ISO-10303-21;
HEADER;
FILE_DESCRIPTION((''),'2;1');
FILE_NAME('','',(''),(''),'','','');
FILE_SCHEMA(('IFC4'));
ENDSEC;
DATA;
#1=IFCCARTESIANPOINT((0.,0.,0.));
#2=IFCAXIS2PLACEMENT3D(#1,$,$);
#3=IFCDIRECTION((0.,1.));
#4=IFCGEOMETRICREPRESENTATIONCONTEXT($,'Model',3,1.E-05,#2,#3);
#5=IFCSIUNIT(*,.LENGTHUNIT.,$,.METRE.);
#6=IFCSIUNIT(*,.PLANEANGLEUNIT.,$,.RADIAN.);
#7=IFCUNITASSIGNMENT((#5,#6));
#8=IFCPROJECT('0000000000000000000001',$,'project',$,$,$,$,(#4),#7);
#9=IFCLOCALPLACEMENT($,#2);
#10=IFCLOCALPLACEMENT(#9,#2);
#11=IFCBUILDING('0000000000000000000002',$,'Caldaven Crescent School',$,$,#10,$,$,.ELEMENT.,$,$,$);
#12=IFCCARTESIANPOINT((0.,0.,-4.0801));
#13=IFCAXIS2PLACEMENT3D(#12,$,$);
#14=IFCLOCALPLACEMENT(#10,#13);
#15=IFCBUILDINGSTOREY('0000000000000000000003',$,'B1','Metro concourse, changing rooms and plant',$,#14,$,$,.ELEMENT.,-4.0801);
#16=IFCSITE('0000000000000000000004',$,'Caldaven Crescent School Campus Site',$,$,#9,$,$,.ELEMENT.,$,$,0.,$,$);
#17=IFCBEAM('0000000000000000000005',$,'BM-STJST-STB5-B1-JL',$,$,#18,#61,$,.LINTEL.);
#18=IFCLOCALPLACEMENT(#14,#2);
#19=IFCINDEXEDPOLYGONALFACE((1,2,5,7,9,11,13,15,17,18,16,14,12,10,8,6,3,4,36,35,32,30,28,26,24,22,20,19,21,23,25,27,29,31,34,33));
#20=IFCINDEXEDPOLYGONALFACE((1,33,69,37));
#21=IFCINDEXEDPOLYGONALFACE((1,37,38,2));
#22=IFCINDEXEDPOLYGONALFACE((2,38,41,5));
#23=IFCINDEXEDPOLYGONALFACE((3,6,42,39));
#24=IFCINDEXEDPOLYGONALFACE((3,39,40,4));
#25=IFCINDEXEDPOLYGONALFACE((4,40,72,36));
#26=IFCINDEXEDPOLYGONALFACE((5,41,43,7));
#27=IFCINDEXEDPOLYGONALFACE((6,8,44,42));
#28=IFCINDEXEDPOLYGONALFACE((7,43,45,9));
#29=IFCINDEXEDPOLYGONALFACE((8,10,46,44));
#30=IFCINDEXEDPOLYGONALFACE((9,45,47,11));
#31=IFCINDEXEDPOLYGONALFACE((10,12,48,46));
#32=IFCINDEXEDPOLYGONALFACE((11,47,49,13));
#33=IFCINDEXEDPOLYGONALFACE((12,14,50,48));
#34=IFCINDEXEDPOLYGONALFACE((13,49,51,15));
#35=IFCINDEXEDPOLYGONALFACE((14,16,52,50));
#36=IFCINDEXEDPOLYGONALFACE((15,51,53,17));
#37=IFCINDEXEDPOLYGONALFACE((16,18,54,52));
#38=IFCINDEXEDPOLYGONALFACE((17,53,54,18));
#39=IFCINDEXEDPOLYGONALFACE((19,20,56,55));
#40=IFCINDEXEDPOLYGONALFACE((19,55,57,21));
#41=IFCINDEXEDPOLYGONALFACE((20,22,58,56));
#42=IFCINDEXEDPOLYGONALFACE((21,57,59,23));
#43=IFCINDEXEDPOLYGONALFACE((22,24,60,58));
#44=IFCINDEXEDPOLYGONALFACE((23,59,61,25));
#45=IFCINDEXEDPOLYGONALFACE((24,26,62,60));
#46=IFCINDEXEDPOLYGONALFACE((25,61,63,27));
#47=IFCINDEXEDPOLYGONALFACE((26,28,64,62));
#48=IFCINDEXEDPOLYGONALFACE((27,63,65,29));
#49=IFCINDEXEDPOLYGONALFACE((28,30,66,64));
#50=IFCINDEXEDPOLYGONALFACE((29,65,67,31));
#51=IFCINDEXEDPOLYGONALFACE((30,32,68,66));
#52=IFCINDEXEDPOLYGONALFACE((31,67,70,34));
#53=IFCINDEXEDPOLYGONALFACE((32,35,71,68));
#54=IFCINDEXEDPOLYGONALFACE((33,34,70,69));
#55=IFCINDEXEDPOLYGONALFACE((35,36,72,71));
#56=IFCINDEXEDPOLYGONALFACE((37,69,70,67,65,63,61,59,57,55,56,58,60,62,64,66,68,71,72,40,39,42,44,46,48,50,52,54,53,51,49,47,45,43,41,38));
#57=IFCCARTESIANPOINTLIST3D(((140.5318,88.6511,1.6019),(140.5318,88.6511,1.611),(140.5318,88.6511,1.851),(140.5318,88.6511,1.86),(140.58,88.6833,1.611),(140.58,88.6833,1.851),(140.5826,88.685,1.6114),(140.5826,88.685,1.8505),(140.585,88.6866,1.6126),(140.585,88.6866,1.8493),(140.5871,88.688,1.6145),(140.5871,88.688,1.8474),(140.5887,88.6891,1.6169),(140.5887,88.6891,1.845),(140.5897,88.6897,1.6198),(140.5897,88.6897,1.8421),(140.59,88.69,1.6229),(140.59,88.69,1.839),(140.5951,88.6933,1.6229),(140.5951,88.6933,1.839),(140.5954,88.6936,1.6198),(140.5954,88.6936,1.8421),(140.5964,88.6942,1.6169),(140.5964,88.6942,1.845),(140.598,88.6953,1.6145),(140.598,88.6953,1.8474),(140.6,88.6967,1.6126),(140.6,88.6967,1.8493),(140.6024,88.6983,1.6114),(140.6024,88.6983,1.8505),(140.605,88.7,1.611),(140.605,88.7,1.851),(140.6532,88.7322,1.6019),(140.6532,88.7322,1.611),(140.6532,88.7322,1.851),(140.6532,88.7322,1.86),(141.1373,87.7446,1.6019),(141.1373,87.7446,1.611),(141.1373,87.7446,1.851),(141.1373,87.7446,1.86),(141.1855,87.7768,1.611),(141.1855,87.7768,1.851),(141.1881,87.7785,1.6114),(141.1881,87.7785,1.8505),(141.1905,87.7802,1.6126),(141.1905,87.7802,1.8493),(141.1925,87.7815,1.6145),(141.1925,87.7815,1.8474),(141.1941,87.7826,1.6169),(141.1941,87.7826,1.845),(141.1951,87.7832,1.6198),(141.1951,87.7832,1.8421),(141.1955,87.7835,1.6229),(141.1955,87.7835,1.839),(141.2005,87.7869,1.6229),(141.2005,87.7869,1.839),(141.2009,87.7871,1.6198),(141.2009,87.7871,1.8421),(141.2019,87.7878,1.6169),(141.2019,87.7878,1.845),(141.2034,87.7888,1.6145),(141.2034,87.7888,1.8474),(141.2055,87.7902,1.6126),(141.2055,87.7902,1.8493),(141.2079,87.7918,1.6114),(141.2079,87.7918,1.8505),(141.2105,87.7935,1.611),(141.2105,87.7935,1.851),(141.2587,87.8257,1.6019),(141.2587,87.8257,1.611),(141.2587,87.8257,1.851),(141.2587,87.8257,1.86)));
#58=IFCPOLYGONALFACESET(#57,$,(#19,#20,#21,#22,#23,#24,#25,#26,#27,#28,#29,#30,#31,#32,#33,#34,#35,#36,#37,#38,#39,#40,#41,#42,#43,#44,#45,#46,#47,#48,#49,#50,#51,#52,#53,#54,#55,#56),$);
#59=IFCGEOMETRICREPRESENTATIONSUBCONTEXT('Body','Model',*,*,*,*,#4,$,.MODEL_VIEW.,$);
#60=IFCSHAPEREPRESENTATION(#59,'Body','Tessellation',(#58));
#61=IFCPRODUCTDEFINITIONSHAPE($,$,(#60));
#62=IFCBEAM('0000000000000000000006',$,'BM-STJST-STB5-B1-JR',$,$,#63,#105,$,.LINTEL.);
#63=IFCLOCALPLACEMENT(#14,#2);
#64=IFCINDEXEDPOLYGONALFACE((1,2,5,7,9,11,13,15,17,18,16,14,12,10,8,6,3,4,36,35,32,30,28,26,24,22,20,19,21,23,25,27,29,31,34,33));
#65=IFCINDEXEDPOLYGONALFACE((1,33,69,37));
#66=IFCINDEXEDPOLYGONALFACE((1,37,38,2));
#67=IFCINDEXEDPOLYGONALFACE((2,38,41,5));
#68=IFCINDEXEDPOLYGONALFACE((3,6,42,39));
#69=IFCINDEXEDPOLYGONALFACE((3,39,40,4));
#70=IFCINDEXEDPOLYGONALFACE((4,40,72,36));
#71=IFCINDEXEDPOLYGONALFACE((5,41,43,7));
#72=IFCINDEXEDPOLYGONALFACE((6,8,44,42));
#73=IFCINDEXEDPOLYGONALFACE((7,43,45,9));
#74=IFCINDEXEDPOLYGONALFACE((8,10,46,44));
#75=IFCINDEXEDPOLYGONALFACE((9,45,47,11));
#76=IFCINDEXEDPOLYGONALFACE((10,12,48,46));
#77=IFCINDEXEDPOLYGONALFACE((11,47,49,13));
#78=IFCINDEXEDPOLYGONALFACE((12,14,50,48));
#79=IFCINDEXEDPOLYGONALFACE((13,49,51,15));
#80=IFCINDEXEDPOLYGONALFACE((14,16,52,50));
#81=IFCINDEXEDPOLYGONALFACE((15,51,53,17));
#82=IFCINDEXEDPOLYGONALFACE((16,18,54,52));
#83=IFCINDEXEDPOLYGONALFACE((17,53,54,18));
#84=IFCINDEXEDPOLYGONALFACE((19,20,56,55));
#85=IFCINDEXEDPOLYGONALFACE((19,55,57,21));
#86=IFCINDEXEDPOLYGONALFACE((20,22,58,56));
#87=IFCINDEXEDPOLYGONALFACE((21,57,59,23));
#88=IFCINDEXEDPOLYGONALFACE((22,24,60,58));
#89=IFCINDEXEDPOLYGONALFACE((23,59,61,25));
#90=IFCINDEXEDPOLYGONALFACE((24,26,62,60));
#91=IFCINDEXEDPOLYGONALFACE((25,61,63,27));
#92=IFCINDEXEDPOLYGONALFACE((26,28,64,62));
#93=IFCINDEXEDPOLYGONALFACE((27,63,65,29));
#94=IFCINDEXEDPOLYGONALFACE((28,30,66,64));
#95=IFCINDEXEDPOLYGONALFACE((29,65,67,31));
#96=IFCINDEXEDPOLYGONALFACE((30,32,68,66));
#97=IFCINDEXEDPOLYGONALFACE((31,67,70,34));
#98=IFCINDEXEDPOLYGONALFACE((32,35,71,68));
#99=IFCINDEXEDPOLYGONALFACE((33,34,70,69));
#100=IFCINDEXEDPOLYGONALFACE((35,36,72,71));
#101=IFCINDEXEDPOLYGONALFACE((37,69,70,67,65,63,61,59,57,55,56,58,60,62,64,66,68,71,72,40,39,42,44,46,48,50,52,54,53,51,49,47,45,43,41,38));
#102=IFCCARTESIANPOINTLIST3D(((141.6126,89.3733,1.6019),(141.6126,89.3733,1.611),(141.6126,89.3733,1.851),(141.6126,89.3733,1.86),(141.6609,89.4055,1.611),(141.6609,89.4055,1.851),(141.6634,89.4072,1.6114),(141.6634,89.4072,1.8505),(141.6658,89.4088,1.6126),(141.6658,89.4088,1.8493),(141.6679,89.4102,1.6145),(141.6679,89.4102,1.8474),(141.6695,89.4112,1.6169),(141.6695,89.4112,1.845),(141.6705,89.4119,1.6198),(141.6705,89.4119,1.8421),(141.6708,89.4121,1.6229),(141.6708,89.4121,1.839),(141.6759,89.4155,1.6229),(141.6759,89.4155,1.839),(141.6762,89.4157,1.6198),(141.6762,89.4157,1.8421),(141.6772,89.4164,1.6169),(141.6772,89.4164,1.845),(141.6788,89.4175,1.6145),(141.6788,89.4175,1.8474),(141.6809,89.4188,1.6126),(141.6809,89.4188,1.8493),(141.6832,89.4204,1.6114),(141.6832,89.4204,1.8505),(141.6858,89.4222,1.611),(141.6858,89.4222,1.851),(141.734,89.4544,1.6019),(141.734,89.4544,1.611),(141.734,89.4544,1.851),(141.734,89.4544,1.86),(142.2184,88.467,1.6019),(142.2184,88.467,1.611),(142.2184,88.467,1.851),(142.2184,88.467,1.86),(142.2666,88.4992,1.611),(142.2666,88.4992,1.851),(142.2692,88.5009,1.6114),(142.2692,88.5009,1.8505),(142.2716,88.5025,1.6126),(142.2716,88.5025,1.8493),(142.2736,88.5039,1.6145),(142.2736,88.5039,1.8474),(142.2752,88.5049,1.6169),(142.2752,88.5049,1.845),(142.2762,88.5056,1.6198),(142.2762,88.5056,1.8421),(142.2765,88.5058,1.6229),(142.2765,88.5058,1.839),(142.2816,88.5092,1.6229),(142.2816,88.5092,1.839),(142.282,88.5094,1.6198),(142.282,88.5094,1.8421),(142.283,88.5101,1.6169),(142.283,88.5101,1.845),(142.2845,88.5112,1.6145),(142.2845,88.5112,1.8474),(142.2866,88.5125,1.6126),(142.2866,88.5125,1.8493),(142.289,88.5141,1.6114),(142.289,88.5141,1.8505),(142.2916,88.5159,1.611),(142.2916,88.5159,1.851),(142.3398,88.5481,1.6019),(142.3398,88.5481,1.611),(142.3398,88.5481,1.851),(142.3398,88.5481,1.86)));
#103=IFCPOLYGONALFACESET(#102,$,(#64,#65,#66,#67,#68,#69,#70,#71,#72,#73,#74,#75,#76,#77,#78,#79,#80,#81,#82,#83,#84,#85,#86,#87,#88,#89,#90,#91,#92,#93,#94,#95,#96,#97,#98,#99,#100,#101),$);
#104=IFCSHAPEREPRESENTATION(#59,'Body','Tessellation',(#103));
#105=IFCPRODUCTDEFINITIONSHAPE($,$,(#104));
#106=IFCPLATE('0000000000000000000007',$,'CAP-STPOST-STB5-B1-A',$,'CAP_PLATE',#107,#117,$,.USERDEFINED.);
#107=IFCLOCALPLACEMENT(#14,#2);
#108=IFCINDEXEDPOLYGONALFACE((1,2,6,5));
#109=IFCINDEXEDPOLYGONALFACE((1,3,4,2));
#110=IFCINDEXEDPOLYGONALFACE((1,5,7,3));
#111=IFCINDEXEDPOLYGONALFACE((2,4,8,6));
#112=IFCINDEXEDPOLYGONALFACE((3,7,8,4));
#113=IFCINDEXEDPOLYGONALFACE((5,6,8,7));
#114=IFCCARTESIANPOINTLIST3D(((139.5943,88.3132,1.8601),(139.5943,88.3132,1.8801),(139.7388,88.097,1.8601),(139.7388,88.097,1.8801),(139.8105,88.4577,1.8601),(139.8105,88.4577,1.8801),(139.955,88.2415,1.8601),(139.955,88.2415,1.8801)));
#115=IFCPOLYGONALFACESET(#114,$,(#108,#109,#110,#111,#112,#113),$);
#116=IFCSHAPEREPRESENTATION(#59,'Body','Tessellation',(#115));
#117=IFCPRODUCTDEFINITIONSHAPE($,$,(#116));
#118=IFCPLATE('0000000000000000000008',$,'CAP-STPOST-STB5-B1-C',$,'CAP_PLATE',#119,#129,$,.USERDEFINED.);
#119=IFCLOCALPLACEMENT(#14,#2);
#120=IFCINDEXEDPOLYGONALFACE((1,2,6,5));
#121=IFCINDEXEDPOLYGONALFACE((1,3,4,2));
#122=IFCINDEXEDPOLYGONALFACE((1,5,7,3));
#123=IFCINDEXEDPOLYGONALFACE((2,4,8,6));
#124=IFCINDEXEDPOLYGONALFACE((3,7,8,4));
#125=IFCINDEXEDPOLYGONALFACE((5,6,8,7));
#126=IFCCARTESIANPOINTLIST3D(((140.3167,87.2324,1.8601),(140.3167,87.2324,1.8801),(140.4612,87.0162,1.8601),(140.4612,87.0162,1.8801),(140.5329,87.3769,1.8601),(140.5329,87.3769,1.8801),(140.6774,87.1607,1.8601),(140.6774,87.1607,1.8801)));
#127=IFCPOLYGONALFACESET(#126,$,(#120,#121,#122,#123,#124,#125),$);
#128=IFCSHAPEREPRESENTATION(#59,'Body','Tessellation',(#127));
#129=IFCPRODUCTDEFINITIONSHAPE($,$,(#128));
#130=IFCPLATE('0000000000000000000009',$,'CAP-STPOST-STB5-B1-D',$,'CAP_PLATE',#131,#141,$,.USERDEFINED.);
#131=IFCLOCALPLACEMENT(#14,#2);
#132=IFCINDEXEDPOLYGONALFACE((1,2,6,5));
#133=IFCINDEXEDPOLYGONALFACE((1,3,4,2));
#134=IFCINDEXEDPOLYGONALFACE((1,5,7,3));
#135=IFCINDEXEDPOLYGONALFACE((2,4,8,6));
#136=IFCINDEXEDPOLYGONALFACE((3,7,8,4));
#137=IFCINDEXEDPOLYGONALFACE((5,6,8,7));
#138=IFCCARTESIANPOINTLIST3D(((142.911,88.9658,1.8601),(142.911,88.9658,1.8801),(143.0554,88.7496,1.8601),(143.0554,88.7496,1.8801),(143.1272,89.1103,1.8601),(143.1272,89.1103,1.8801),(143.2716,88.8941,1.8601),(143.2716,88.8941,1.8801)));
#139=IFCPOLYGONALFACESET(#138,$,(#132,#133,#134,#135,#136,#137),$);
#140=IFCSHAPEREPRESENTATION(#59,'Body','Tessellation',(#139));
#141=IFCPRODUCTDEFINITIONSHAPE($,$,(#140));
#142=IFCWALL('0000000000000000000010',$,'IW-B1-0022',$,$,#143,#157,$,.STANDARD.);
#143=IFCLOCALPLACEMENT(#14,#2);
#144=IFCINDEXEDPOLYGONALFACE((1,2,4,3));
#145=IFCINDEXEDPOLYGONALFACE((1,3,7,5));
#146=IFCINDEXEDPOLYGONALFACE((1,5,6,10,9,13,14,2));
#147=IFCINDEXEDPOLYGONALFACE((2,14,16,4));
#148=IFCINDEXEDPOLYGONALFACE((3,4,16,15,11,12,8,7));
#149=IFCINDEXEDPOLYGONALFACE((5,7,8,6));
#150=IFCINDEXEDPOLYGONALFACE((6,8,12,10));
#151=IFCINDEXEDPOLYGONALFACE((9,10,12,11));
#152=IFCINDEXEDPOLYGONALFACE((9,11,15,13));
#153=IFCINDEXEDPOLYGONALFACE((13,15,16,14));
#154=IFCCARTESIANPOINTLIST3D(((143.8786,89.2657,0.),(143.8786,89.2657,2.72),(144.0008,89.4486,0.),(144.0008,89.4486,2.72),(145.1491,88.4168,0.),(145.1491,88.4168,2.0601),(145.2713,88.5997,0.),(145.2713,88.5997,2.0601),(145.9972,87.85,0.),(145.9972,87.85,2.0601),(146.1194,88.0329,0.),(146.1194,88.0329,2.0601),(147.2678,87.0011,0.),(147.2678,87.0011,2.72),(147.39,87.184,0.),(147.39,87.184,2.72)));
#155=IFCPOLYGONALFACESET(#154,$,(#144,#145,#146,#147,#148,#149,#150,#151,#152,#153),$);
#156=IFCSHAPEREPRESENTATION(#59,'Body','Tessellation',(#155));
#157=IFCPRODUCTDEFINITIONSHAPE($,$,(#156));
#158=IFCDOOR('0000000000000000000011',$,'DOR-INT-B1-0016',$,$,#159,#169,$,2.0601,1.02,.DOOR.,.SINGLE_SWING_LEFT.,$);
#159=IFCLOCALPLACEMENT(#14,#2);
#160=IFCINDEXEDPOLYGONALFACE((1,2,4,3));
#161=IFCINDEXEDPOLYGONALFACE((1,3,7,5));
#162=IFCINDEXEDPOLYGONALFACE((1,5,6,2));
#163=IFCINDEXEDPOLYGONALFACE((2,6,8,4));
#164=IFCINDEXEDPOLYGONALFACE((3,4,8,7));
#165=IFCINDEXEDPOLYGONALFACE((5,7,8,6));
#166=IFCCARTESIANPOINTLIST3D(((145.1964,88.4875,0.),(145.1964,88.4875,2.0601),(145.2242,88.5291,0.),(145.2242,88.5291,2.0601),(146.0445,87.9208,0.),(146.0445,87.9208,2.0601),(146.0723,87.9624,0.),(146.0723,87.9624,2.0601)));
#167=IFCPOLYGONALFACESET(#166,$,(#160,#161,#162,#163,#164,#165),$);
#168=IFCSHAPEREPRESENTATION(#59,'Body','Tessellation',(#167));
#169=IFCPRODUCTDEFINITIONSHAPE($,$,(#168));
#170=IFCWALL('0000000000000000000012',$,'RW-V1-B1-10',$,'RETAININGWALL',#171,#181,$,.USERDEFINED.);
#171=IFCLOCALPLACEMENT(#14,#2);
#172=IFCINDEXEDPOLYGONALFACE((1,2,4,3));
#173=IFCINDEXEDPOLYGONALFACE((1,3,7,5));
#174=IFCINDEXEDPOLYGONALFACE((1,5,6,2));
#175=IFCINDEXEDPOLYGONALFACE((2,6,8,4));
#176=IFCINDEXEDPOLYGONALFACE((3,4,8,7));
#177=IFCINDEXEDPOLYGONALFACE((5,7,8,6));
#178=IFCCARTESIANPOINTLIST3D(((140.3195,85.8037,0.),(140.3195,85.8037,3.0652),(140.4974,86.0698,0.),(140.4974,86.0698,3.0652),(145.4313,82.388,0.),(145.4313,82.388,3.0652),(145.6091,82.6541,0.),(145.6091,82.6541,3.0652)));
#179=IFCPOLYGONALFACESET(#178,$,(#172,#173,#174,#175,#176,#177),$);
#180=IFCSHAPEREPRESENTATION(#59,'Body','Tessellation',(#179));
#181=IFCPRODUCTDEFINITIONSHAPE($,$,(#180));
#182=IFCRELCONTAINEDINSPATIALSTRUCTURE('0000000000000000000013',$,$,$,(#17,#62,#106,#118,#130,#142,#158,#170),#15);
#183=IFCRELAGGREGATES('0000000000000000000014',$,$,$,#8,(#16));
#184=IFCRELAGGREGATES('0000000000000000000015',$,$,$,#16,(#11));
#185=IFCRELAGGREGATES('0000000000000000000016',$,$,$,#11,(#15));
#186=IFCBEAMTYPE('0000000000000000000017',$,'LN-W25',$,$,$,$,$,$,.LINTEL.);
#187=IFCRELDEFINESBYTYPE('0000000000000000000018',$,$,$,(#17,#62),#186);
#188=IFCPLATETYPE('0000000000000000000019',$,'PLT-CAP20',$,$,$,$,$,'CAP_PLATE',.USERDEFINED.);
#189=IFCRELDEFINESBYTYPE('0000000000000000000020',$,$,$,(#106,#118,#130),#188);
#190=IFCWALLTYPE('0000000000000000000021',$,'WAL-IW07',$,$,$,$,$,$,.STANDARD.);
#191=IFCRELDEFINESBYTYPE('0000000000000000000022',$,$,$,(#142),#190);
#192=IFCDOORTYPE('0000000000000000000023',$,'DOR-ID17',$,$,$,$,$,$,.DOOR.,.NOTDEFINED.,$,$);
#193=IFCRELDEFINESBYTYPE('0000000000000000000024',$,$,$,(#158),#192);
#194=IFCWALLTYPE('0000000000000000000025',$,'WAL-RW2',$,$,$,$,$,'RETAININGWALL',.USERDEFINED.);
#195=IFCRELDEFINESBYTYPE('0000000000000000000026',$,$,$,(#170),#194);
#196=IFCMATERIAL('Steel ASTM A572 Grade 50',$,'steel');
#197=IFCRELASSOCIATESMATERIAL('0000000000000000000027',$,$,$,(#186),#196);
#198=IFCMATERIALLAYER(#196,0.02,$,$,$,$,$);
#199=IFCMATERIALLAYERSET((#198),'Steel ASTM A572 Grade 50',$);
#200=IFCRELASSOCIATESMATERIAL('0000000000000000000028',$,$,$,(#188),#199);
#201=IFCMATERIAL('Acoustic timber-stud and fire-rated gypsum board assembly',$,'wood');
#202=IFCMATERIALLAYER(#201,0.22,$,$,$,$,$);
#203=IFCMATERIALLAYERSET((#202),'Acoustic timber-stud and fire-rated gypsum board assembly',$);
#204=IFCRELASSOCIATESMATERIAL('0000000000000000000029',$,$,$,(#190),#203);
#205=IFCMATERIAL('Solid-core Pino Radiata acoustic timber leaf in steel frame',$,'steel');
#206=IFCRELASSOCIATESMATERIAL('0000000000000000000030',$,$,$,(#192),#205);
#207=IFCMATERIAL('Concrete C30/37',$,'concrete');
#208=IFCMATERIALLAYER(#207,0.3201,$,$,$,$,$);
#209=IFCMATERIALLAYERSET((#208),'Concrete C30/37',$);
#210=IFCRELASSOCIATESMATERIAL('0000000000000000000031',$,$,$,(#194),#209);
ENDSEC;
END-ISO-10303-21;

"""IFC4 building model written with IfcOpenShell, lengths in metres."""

from ifc_helpers import new_model, si_unit, direction, frame, frame_2d, origin, origin_2d, place, context, subcontext, project, spatial, rectangle, i_section, extrude, material, layer, layer_set, material_profile, profile_set, type_object, element, fill, save


model = new_model("IFC4")

# Units and contexts
model_context = context("Model", 3, precision=1e-05, world=origin(), true_north=direction((0.0, 1.0)))
body_context = subcontext(model_context, "Body", "Model", "MODEL_VIEW")
ifc_project = project(units=[si_unit("LENGTHUNIT", "METRE"), si_unit("PLANEANGLEUNIT", "RADIAN")], contexts=[model_context])

# Site, building, storey
site_placement = place(None, origin())
site = spatial("IfcSite", under=ifc_project, at=site_placement, Name="Caldaven Crescent School Campus Site", CompositionType="ELEMENT", RefElevation=0.0)
building_placement = place(site_placement, origin())
building = spatial("IfcBuilding", under=site, at=building_placement, Name="Caldaven Crescent School", CompositionType="ELEMENT")
storey_placement = place(building_placement, frame((0.0, 0.0, -4.0801)))
storey = spatial("IfcBuildingStorey", under=building, at=storey_placement, Name="B1", Description="Metro concourse, changing rooms and plant", CompositionType="ELEMENT", Elevation=-4.0801)

# Shared definitions
ifc_material_1 = material(Name="Concrete C30/37", Category="concrete")

# Shared definitions
ifc_material_2 = material(Name="Steel ASTM A572 Grade 50", Category="steel")

# Beams
ifc_material_profile_1 = material_profile(ifc_material_2, i_section(OverallWidth=0.146, OverallDepth=0.2581, WebThickness=0.0061, FlangeThickness=0.009, FilletRadius=0.012, at=origin_2d()), Name="W250x33")
ifc_profile_set_1 = profile_set([ifc_material_profile_1], Name="Steel ASTM A572 Grade 50")
beam_type_1 = type_object("IfcBeamType", Name="LN-W25", PredefinedType="LINTEL", material=ifc_profile_set_1)
for number, where, z_axis, x_axis, name in (
    (1, (140.5925, 88.6917, 1.731), (0.555424, -0.831568, 0.0), (0.831568, 0.555424, 0.0), "BM-STJST-STB5-B1-JL"),
    (2, (141.6733, 89.4138, 1.731), (0.555682, -0.831395, 0.0), (0.831395, 0.555682, 0.0), "BM-STJST-STB5-B1-JR"),
):
    element("IfcBeam", number, at=place(storey_placement, frame(where, z_axis=z_axis, x_axis=x_axis)), inside=storey, type_object=beam_type_1, Name=name, PredefinedType="LINTEL", context=body_context, shape_type="SweptSolid", body=[
        extrude(i_section(OverallWidth=0.146, OverallDepth=0.2581, WebThickness=0.0061, FlangeThickness=0.009, FilletRadius=0.012, at=origin_2d()), origin(), (0.0, 0.0, 1.0), 1.0901),
    ])

# Plates
ifc_layer_1 = layer(ifc_material_2, 0.02)
ifc_layer_set_1 = layer_set([ifc_layer_1], Name="Steel ASTM A572 Grade 50")
plate_type = type_object("IfcPlateType", Name="PLT-CAP20", ElementType="CAP_PLATE", PredefinedType="USERDEFINED", material=ifc_layer_set_1)
for number, where, z_axis, x_axis, name in (
    (3, (139.7747, 88.2773, 1.8601), (0.0, 0.0, 1.0), (0.55557, -0.83147, 0.0), "CAP-STPOST-STB5-B1-A"),
    (4, (140.4971, 87.1965, 1.8601), (0.0, 0.0, 1.0), (0.55557, -0.83147, 0.0), "CAP-STPOST-STB5-B1-C"),
    (5, (143.0913, 88.9299, 1.8601), (0.0, 0.0, 1.0), (0.55557, -0.83147, 0.0), "CAP-STPOST-STB5-B1-D"),
):
    element("IfcPlate", number, at=place(storey_placement, frame(where, z_axis=z_axis, x_axis=x_axis)), inside=storey, type_object=plate_type, Name=name, ObjectType="CAP_PLATE", PredefinedType="USERDEFINED", context=body_context, shape_type="SweptSolid", body=[
        extrude(rectangle(XDim=0.26, YDim=0.26, at=origin_2d()), origin(), (0.0, 0.0, 1.0), 0.02),
    ])

# Wall, opening, door
ifc_material_3 = material(Name="Acoustic timber-stud and fire-rated gypsum board assembly", Category="wood")
ifc_layer_2 = layer(ifc_material_3, 0.22)
ifc_layer_set_2 = layer_set([ifc_layer_2], Name="Acoustic timber-stud and fire-rated gypsum board assembly")
wall_type_1 = type_object("IfcWallType", Name="WAL-IW07", PredefinedType="STANDARD", material=ifc_layer_set_2)
wall_1_placement = place(storey_placement, frame((143.9397, 89.3572, 0.0), z_axis=(0.0, 0.0, 1.0), x_axis=(0.83146, -0.555584, 0.0)))
wall_1 = element("IfcWall", 6, at=wall_1_placement, inside=storey, type_object=wall_type_1, Name="IW-B1-0022", PredefinedType="STANDARD", context=body_context, shape_type="SweptSolid", body=[
    extrude(rectangle(XDim=4.0762, YDim=0.22, at=frame_2d((2.0381, 0.0))), origin(), (0.0, 0.0, 1.0), 2.72),
])
opening_1_placement = place(wall_1_placement, frame((1.5281, 0.0, 0.0)))
opening_1 = element("IfcOpeningElement", 7, at=opening_1_placement, cuts=wall_1, PredefinedType="OPENING", context=body_context, shape_type="SweptSolid", body=[
    extrude(rectangle(XDim=1.02, YDim=2.0601, at=frame_2d((0.51, 1.03))), frame((0.0, 0.1199, 0.0), z_axis=(0.0, -1.0, 0.0), x_axis=(1.0, 0.0, 0.0)), (0.0, 0.0, 1.0), 0.24),
])
ifc_material_4 = material(Name="Solid-core Pino Radiata acoustic timber leaf in steel frame", Category="steel")
door_type_1 = type_object("IfcDoorType", Name="DOR-ID17", OperationType="NOTDEFINED", PredefinedType="DOOR", material=ifc_material_4)
door_1_placement = place(opening_1_placement, frame((1.02, 0.0, 0.0), z_axis=(0.0, 0.0, 1.0), x_axis=(-1.0, 0.0, 0.0)))
door_1 = element("IfcDoor", 8, at=door_1_placement, inside=storey, type_object=door_type_1, Name="DOR-INT-B1-0016", OperationType="SINGLE_SWING_LEFT", OverallHeight=2.0601, OverallWidth=1.02, PredefinedType="DOOR", context=body_context, shape_type="SweptSolid", body=[
    extrude(rectangle(XDim=1.02, YDim=2.0601, at=frame_2d((0.51, 1.03))), frame((0.0, 0.0249, 0.0), z_axis=(0.0, -1.0, 0.0), x_axis=(1.0, 0.0, 0.0)), (0.0, 0.0, 1.0), 0.05),
])
fill(opening_1, door_1)

# Wall
ifc_layer_3 = layer(ifc_material_1, 0.3201)
ifc_layer_set_3 = layer_set([ifc_layer_3], Name="Concrete C30/37")
wall_type_2 = type_object("IfcWallType", Name="WAL-RW2", ElementType="RETAININGWALL", PredefinedType="USERDEFINED", material=ifc_layer_set_3)
wall_2_placement = place(storey_placement, frame((140.4084, 85.9368, 0.0), z_axis=(0.0, 0.0, 1.0), x_axis=(0.831457, -0.555589, 0.0)))
element("IfcWall", 9, at=wall_2_placement, inside=storey, type_object=wall_type_2, Name="RW-V1-B1-10", ObjectType="RETAININGWALL", PredefinedType="USERDEFINED", context=body_context, shape_type="SweptSolid", body=[
    extrude(rectangle(XDim=6.1479, YDim=0.3201, at=frame_2d((3.074, 0.0))), origin(), (0.0, 0.0, 1.0), 3.0652),
])

save(model, "model.ifc")
